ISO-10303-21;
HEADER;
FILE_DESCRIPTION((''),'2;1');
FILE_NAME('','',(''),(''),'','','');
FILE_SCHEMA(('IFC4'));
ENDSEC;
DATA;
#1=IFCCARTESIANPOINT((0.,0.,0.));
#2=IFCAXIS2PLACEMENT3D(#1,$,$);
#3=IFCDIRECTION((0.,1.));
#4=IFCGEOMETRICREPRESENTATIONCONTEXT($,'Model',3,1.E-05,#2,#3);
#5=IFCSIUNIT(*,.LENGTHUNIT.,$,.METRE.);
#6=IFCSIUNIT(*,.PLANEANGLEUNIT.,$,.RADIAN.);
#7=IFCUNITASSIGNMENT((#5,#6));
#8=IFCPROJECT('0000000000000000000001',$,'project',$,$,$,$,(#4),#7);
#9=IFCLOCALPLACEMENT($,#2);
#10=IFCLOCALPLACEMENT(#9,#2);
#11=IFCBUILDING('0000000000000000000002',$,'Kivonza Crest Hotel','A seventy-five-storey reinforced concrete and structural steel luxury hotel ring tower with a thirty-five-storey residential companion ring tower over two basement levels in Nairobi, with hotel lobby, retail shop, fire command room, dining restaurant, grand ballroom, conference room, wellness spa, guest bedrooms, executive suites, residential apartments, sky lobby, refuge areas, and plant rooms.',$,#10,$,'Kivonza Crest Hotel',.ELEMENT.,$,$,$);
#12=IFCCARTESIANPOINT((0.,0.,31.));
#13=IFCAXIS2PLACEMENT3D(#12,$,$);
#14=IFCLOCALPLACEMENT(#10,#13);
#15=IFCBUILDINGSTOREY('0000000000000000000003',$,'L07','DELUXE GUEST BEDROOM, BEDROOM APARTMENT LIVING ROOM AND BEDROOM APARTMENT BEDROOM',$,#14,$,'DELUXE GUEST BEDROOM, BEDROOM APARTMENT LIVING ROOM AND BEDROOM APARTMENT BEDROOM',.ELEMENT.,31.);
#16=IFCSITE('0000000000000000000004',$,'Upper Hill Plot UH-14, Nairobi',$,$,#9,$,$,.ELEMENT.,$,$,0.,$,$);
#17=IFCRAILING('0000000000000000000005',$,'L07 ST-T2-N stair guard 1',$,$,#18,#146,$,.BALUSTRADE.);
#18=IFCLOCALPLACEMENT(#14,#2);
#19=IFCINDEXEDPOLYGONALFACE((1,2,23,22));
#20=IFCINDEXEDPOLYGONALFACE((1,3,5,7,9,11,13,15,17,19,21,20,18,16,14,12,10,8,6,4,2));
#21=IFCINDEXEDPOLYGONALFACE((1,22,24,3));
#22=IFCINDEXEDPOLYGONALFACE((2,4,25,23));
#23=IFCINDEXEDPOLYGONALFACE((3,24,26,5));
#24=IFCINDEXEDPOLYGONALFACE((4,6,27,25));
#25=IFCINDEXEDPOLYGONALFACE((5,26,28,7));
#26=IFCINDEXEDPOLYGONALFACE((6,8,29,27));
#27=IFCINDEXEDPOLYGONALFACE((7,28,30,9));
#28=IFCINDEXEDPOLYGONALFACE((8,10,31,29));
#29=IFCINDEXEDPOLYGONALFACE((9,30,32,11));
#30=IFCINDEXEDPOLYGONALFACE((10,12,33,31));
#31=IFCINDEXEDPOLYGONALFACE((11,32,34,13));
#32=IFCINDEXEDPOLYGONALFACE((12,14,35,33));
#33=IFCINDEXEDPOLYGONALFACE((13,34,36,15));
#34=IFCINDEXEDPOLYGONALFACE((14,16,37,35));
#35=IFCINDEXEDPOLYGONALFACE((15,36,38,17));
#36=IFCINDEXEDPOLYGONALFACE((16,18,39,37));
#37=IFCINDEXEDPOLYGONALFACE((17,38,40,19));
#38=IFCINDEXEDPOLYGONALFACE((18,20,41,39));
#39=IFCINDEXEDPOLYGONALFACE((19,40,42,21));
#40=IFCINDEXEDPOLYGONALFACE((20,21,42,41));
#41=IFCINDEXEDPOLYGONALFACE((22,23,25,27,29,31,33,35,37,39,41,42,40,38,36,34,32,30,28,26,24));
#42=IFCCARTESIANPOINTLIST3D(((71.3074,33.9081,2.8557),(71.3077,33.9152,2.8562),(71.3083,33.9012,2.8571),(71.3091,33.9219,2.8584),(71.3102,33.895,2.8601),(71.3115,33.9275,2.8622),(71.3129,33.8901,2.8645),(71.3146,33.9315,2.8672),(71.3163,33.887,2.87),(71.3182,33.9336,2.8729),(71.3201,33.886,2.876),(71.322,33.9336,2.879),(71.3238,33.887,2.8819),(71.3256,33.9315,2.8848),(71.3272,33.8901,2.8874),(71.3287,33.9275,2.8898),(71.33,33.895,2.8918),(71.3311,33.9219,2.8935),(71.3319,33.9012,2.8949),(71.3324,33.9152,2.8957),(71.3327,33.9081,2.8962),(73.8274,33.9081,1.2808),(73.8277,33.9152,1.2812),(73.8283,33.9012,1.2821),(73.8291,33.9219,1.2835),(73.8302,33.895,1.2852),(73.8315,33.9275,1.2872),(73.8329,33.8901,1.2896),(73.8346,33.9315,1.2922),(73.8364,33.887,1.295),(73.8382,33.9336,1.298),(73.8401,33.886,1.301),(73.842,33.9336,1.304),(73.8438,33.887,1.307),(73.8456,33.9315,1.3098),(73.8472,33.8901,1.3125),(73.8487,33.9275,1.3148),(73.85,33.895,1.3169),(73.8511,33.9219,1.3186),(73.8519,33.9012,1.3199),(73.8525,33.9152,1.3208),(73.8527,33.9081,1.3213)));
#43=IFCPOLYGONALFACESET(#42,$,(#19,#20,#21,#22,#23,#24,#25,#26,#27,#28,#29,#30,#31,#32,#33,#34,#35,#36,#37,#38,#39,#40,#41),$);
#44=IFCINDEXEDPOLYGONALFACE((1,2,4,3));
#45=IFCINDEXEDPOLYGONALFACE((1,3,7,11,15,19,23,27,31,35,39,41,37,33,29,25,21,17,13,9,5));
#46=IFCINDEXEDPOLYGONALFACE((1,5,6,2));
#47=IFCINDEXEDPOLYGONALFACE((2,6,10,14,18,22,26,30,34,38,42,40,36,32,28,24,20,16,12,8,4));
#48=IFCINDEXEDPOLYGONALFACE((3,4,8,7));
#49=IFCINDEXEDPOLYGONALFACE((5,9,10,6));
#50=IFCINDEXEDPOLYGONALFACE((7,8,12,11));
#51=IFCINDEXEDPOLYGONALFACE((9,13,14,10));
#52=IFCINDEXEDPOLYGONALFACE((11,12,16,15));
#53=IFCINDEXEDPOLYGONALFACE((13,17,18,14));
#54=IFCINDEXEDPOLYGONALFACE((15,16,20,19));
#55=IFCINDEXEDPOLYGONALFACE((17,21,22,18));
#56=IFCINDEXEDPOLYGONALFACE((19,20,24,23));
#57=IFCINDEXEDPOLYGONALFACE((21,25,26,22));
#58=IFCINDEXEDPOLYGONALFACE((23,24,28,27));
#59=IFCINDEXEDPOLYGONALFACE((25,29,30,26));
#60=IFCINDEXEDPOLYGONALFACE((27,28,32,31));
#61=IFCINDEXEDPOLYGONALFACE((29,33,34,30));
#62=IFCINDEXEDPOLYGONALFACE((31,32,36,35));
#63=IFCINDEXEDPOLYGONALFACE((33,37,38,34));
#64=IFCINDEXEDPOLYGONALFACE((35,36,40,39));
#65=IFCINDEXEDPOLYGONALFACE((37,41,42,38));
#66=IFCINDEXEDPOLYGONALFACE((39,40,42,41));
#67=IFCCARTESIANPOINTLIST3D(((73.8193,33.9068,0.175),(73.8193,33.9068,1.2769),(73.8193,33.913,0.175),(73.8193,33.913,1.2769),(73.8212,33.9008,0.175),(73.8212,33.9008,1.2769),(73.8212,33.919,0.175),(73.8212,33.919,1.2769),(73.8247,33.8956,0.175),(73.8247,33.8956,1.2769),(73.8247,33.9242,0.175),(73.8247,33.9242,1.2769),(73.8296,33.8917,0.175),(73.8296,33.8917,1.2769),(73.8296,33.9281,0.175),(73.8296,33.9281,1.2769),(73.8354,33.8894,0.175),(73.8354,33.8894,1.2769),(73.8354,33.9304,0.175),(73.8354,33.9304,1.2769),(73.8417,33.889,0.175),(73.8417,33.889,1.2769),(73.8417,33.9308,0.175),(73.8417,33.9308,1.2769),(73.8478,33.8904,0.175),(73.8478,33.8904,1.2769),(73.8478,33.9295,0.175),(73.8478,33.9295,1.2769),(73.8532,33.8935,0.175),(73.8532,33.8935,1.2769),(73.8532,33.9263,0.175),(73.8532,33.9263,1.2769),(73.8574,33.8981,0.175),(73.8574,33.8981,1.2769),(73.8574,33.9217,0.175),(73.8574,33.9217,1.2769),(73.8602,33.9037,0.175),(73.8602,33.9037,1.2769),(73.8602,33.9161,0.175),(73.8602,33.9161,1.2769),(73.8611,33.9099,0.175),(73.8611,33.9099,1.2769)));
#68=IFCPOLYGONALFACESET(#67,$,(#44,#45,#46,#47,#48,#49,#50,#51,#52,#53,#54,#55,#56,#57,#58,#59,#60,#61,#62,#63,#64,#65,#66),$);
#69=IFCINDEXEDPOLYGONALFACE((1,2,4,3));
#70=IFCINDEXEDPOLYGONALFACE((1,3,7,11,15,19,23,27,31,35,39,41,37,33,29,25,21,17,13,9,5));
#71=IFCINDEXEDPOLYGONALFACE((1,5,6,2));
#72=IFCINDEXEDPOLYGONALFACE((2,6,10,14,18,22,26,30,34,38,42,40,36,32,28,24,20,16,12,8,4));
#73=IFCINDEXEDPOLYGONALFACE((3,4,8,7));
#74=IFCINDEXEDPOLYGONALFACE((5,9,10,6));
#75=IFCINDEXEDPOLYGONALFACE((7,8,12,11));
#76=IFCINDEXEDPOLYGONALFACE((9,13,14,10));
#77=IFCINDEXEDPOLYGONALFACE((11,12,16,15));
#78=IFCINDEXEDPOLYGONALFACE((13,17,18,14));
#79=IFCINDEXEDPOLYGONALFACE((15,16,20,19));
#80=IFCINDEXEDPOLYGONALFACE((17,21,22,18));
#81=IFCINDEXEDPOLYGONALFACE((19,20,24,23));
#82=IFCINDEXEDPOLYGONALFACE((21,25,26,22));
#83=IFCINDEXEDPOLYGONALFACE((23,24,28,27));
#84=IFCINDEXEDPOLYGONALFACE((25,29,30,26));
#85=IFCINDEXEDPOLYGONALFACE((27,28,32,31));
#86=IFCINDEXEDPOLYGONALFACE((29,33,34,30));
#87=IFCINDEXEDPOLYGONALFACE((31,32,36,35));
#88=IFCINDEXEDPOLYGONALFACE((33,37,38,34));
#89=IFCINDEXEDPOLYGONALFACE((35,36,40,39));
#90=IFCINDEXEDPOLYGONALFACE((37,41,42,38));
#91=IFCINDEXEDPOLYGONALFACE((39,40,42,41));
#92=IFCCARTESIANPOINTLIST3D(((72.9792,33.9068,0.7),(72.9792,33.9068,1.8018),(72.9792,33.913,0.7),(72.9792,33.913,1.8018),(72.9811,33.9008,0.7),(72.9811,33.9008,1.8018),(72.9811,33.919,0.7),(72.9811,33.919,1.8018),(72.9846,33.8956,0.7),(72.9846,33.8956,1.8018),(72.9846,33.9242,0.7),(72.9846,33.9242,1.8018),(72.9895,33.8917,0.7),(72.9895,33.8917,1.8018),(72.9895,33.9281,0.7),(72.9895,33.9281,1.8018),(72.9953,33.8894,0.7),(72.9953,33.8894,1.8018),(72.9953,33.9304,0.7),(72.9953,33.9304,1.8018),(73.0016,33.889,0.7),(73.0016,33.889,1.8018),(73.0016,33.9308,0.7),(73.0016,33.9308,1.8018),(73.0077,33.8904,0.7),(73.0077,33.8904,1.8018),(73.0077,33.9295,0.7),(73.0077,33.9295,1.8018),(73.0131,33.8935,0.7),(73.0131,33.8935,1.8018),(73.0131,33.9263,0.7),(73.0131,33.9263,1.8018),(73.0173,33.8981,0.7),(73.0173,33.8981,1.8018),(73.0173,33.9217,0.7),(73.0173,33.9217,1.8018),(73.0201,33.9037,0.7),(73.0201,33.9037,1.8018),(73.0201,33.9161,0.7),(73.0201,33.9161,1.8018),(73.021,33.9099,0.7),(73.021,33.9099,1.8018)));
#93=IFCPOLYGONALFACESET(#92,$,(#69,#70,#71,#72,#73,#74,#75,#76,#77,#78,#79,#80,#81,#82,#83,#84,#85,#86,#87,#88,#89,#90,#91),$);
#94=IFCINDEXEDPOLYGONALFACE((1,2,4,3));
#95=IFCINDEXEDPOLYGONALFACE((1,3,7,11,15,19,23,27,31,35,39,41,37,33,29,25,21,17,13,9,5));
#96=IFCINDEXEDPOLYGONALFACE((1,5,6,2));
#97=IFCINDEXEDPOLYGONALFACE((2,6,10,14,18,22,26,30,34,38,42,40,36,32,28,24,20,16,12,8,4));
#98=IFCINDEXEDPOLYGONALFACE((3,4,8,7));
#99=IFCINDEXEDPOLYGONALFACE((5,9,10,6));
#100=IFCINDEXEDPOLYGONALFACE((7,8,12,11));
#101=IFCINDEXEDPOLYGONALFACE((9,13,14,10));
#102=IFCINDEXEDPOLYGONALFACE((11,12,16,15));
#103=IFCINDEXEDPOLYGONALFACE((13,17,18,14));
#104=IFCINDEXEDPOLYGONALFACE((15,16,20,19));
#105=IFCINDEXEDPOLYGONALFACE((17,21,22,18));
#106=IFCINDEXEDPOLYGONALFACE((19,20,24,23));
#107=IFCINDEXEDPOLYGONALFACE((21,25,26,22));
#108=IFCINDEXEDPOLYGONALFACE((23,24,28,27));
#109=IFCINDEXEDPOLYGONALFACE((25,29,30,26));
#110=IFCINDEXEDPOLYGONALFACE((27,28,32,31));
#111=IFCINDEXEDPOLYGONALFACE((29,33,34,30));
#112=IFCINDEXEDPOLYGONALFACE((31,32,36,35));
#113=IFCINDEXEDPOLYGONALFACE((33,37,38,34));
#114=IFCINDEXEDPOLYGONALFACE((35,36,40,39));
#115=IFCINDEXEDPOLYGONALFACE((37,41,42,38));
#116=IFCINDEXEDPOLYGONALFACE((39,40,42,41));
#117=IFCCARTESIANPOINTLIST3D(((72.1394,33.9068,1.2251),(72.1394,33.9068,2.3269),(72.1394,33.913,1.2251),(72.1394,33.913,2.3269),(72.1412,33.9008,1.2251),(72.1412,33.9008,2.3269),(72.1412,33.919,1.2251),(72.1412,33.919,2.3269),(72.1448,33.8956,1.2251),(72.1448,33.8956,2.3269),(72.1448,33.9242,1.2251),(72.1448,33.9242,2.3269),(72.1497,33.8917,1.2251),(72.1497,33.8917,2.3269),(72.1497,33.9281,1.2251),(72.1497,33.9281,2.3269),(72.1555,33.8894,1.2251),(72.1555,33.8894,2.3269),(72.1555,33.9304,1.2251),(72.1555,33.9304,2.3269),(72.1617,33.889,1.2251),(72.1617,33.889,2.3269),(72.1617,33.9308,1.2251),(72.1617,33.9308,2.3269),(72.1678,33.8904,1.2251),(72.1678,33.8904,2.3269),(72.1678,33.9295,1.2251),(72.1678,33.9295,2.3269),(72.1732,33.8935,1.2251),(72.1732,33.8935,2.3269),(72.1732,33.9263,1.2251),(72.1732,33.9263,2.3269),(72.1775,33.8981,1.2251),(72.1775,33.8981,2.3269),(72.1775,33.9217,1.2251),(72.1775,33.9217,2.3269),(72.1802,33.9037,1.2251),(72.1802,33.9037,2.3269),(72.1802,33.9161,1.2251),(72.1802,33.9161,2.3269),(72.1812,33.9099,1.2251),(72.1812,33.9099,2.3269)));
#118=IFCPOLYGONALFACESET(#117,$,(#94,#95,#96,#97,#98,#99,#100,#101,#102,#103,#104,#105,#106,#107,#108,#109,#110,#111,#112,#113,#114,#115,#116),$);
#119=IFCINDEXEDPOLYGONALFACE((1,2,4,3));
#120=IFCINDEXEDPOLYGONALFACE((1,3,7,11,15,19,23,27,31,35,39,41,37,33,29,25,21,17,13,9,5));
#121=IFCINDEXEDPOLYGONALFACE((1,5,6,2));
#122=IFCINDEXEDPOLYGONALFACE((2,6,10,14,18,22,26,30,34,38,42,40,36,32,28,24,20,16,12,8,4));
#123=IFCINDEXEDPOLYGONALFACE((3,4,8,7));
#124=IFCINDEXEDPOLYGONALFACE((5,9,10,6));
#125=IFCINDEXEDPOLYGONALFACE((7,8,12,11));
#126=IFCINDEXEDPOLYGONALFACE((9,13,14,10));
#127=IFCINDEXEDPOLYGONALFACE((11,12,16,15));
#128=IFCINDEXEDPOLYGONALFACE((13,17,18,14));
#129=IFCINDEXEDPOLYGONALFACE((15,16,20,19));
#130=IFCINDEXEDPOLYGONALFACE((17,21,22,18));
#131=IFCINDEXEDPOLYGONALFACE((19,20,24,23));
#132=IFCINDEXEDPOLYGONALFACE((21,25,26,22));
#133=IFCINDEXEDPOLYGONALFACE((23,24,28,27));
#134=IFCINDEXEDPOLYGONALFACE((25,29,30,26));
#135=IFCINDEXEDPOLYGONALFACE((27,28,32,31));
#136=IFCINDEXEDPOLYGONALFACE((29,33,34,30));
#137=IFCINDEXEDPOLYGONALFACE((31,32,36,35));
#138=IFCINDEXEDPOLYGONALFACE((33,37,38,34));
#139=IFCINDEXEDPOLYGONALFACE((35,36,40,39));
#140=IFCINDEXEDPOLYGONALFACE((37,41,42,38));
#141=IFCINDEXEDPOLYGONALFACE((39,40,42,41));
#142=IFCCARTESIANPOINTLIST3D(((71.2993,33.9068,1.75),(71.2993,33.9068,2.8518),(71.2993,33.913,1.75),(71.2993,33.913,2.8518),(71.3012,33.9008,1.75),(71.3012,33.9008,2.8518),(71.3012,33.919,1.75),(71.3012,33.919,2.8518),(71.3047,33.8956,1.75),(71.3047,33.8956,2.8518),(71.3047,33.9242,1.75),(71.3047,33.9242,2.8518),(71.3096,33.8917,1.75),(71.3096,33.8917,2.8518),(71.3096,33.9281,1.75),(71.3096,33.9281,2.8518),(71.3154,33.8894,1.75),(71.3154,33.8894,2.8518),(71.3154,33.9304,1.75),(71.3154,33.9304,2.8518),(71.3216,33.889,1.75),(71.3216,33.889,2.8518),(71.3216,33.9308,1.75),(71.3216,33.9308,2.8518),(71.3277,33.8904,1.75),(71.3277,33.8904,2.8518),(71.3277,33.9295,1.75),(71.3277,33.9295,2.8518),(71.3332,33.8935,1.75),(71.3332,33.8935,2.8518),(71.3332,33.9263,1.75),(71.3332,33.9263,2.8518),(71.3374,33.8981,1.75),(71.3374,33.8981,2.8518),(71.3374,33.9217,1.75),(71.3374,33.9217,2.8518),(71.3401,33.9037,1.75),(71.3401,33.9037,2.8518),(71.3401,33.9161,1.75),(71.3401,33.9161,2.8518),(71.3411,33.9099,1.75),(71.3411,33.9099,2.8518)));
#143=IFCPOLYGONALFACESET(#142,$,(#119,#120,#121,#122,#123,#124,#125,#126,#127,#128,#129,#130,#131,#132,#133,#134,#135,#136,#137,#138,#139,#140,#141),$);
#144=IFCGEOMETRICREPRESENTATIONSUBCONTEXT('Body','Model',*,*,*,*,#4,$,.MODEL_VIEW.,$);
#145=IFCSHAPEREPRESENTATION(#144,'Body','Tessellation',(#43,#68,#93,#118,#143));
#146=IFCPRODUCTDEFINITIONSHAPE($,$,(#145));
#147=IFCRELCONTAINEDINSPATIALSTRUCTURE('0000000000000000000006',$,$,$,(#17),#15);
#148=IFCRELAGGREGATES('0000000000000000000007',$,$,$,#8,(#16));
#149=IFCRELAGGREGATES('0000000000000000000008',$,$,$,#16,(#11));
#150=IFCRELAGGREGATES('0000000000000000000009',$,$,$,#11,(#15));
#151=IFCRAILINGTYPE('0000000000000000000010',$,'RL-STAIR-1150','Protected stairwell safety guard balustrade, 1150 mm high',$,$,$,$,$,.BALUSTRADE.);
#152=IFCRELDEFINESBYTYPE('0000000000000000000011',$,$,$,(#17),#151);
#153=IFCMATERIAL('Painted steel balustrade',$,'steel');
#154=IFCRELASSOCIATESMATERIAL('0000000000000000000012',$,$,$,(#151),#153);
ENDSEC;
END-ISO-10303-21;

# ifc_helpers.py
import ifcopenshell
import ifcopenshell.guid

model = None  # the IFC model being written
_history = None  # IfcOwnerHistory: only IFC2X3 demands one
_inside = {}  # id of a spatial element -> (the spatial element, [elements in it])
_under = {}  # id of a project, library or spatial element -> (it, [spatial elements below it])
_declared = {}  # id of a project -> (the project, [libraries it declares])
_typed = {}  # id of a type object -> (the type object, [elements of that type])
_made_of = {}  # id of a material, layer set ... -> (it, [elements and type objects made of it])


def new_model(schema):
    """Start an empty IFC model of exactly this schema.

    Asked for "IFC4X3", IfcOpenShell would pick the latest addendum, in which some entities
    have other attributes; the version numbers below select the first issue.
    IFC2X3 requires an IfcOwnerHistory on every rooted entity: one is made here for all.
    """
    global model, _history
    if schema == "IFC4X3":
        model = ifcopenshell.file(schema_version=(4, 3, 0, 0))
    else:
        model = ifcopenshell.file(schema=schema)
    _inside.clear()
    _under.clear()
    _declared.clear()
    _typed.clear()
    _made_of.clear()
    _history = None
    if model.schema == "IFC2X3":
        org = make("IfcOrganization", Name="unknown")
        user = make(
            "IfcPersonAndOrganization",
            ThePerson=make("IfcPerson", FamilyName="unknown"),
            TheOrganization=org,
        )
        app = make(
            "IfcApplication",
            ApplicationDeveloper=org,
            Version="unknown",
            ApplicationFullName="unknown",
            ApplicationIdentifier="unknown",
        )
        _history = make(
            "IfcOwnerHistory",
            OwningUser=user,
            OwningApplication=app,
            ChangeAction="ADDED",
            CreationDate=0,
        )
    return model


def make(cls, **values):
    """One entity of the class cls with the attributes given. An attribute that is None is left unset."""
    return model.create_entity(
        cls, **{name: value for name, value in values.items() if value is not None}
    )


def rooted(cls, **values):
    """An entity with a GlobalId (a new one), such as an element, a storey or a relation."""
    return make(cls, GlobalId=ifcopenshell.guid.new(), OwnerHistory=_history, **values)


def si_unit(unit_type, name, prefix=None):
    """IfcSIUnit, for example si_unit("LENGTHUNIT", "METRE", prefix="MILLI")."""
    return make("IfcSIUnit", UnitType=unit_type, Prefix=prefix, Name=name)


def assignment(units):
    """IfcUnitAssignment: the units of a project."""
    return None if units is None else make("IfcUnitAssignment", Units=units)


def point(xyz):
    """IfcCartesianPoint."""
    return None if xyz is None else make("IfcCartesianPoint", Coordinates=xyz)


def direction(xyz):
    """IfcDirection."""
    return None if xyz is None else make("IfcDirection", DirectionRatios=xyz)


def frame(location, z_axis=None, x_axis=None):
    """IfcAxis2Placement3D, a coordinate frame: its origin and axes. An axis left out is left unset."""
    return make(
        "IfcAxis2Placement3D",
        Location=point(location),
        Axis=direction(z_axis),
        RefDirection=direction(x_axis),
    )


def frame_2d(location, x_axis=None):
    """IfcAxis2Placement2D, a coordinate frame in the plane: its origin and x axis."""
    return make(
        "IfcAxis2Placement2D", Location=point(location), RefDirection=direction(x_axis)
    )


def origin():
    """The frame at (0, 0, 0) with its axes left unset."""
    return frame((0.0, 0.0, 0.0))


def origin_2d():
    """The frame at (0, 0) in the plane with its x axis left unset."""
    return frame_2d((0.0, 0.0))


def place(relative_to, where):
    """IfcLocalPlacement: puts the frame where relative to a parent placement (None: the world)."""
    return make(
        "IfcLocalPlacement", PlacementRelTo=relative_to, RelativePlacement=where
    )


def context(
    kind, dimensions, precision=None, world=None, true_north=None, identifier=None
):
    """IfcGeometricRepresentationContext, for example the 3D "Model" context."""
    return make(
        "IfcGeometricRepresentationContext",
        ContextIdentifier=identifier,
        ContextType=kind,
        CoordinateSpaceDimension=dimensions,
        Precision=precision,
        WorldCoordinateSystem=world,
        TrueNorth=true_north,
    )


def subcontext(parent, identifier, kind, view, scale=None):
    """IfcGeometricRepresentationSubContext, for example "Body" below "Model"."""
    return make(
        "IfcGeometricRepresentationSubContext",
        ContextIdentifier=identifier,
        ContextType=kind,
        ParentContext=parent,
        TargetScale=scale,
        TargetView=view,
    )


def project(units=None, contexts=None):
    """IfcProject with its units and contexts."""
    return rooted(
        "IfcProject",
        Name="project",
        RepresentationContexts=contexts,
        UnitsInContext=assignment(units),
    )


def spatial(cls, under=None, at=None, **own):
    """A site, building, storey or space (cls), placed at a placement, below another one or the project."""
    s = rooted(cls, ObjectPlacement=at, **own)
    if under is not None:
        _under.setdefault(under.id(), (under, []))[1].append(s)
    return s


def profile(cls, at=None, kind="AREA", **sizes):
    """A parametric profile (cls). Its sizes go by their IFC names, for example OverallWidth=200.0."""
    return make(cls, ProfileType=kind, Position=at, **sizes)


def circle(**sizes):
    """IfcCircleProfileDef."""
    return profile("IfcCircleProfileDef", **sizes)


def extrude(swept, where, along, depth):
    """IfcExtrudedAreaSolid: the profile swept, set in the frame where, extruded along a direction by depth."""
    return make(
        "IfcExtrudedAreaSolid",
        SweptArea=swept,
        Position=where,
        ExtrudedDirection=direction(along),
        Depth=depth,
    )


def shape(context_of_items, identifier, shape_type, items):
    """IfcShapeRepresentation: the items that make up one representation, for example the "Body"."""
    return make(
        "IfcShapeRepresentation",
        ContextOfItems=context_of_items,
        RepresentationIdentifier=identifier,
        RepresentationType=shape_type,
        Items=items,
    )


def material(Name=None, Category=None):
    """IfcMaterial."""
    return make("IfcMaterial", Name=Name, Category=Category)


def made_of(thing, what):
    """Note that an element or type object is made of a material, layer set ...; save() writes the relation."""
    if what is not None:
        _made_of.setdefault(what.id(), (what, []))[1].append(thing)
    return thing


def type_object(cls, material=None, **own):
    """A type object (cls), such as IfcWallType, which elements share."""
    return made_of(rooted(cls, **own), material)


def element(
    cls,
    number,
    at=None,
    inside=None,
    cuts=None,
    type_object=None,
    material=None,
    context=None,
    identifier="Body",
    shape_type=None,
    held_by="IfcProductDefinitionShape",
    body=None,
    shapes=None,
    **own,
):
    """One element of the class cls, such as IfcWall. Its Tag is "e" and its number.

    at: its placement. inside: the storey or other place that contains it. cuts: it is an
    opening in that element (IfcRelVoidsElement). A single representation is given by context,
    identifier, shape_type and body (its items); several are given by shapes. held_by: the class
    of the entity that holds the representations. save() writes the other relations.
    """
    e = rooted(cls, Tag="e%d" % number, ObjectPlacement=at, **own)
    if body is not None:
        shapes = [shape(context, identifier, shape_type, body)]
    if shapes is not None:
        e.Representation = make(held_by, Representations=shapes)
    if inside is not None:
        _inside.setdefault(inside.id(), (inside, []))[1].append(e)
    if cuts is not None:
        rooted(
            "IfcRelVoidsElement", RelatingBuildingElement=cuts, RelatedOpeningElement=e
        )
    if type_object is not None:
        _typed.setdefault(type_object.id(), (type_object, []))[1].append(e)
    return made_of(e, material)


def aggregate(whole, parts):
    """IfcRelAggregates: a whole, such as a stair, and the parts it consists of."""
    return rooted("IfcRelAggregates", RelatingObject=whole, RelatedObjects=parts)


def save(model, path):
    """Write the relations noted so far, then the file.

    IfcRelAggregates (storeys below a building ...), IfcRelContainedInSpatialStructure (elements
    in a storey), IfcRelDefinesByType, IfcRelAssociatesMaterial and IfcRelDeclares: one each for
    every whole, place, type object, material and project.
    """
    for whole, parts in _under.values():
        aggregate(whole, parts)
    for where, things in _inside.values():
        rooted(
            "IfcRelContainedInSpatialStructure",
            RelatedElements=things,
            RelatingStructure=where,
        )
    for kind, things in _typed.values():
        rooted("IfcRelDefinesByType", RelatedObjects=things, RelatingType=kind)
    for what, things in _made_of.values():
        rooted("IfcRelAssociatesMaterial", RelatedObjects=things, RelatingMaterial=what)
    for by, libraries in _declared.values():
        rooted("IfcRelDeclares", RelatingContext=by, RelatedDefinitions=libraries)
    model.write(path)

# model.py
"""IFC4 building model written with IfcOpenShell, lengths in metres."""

from ifc_helpers import new_model, si_unit, direction, frame, origin, origin_2d, place, context, subcontext, project, spatial, circle, extrude, material, type_object, element, save


model = new_model("IFC4")

# Units and contexts
model_context = context("Model", 3, precision=1e-05, world=origin(), true_north=direction((0.0, 1.0)))
body_context = subcontext(model_context, "Body", "Model", "MODEL_VIEW")
ifc_project = project(units=[si_unit("LENGTHUNIT", "METRE"), si_unit("PLANEANGLEUNIT", "RADIAN")], contexts=[model_context])

# Site, building, storey
site_placement = place(None, origin())
site = spatial("IfcSite", under=ifc_project, at=site_placement, Name="Upper Hill Plot UH-14, Nairobi", CompositionType="ELEMENT", RefElevation=0.0)
building_placement = place(site_placement, origin())
building = spatial("IfcBuilding", under=site, at=building_placement, Name="Kivonza Crest Hotel", Description="A seventy-five-storey reinforced concrete and structural steel luxury hotel ring tower with a thirty-five-storey residential companion ring tower over two basement levels in Nairobi, with hotel lobby, retail shop, fire command room, dining restaurant, grand ballroom, conference room, wellness spa, guest bedrooms, executive suites, residential apartments, sky lobby, refuge areas, and plant rooms.", LongName="Kivonza Crest Hotel", CompositionType="ELEMENT")
storey_placement = place(building_placement, frame((0.0, 0.0, 31.0)))
storey = spatial("IfcBuildingStorey", under=building, at=storey_placement, Name="L07", Description="DELUXE GUEST BEDROOM, BEDROOM APARTMENT LIVING ROOM AND BEDROOM APARTMENT BEDROOM", LongName="DELUXE GUEST BEDROOM, BEDROOM APARTMENT LIVING ROOM AND BEDROOM APARTMENT BEDROOM", CompositionType="ELEMENT", Elevation=31.0)

# Railing
ifc_material_1 = material(Name="Painted steel balustrade", Category="steel")
railing_type_1 = type_object("IfcRailingType", Name="RL-STAIR-1150", Description="Protected stairwell safety guard balustrade, 1150 mm high", PredefinedType="BALUSTRADE", material=ifc_material_1)
railing_1_placement = place(storey_placement, frame((73.8401, 33.9099, 0.175)))
element("IfcRailing", 1, at=railing_1_placement, inside=storey, type_object=railing_type_1, Name="L07 ST-T2-N stair guard 1", PredefinedType="BALUSTRADE", context=body_context, shape_type="SweptSolid", body=[
    extrude(circle(Radius=0.0239, at=origin_2d()), frame((0.0, 0.0, 1.126), z_axis=(-0.848008, 0.0, 0.529984), x_axis=(0.0, -1.0, 0.0)), (0.0, 0.0, 1.0), 2.9717),
    extrude(circle(Radius=0.021, at=origin_2d()), origin(), (0.0, 0.0, 1.0), 1.1018),
    extrude(circle(Radius=0.021, at=origin_2d()), frame((-0.8401, 0.0, 0.5249)), (0.0, 0.0, 1.0), 1.1018),
    extrude(circle(Radius=0.021, at=origin_2d()), frame((-1.6799, 0.0, 1.05)), (0.0, 0.0, 1.0), 1.1018),
    extrude(circle(Radius=0.021, at=origin_2d()), frame((-2.52, 0.0, 1.575)), (0.0, 0.0, 1.0), 1.1018),
])

save(model, "model.ifc")
